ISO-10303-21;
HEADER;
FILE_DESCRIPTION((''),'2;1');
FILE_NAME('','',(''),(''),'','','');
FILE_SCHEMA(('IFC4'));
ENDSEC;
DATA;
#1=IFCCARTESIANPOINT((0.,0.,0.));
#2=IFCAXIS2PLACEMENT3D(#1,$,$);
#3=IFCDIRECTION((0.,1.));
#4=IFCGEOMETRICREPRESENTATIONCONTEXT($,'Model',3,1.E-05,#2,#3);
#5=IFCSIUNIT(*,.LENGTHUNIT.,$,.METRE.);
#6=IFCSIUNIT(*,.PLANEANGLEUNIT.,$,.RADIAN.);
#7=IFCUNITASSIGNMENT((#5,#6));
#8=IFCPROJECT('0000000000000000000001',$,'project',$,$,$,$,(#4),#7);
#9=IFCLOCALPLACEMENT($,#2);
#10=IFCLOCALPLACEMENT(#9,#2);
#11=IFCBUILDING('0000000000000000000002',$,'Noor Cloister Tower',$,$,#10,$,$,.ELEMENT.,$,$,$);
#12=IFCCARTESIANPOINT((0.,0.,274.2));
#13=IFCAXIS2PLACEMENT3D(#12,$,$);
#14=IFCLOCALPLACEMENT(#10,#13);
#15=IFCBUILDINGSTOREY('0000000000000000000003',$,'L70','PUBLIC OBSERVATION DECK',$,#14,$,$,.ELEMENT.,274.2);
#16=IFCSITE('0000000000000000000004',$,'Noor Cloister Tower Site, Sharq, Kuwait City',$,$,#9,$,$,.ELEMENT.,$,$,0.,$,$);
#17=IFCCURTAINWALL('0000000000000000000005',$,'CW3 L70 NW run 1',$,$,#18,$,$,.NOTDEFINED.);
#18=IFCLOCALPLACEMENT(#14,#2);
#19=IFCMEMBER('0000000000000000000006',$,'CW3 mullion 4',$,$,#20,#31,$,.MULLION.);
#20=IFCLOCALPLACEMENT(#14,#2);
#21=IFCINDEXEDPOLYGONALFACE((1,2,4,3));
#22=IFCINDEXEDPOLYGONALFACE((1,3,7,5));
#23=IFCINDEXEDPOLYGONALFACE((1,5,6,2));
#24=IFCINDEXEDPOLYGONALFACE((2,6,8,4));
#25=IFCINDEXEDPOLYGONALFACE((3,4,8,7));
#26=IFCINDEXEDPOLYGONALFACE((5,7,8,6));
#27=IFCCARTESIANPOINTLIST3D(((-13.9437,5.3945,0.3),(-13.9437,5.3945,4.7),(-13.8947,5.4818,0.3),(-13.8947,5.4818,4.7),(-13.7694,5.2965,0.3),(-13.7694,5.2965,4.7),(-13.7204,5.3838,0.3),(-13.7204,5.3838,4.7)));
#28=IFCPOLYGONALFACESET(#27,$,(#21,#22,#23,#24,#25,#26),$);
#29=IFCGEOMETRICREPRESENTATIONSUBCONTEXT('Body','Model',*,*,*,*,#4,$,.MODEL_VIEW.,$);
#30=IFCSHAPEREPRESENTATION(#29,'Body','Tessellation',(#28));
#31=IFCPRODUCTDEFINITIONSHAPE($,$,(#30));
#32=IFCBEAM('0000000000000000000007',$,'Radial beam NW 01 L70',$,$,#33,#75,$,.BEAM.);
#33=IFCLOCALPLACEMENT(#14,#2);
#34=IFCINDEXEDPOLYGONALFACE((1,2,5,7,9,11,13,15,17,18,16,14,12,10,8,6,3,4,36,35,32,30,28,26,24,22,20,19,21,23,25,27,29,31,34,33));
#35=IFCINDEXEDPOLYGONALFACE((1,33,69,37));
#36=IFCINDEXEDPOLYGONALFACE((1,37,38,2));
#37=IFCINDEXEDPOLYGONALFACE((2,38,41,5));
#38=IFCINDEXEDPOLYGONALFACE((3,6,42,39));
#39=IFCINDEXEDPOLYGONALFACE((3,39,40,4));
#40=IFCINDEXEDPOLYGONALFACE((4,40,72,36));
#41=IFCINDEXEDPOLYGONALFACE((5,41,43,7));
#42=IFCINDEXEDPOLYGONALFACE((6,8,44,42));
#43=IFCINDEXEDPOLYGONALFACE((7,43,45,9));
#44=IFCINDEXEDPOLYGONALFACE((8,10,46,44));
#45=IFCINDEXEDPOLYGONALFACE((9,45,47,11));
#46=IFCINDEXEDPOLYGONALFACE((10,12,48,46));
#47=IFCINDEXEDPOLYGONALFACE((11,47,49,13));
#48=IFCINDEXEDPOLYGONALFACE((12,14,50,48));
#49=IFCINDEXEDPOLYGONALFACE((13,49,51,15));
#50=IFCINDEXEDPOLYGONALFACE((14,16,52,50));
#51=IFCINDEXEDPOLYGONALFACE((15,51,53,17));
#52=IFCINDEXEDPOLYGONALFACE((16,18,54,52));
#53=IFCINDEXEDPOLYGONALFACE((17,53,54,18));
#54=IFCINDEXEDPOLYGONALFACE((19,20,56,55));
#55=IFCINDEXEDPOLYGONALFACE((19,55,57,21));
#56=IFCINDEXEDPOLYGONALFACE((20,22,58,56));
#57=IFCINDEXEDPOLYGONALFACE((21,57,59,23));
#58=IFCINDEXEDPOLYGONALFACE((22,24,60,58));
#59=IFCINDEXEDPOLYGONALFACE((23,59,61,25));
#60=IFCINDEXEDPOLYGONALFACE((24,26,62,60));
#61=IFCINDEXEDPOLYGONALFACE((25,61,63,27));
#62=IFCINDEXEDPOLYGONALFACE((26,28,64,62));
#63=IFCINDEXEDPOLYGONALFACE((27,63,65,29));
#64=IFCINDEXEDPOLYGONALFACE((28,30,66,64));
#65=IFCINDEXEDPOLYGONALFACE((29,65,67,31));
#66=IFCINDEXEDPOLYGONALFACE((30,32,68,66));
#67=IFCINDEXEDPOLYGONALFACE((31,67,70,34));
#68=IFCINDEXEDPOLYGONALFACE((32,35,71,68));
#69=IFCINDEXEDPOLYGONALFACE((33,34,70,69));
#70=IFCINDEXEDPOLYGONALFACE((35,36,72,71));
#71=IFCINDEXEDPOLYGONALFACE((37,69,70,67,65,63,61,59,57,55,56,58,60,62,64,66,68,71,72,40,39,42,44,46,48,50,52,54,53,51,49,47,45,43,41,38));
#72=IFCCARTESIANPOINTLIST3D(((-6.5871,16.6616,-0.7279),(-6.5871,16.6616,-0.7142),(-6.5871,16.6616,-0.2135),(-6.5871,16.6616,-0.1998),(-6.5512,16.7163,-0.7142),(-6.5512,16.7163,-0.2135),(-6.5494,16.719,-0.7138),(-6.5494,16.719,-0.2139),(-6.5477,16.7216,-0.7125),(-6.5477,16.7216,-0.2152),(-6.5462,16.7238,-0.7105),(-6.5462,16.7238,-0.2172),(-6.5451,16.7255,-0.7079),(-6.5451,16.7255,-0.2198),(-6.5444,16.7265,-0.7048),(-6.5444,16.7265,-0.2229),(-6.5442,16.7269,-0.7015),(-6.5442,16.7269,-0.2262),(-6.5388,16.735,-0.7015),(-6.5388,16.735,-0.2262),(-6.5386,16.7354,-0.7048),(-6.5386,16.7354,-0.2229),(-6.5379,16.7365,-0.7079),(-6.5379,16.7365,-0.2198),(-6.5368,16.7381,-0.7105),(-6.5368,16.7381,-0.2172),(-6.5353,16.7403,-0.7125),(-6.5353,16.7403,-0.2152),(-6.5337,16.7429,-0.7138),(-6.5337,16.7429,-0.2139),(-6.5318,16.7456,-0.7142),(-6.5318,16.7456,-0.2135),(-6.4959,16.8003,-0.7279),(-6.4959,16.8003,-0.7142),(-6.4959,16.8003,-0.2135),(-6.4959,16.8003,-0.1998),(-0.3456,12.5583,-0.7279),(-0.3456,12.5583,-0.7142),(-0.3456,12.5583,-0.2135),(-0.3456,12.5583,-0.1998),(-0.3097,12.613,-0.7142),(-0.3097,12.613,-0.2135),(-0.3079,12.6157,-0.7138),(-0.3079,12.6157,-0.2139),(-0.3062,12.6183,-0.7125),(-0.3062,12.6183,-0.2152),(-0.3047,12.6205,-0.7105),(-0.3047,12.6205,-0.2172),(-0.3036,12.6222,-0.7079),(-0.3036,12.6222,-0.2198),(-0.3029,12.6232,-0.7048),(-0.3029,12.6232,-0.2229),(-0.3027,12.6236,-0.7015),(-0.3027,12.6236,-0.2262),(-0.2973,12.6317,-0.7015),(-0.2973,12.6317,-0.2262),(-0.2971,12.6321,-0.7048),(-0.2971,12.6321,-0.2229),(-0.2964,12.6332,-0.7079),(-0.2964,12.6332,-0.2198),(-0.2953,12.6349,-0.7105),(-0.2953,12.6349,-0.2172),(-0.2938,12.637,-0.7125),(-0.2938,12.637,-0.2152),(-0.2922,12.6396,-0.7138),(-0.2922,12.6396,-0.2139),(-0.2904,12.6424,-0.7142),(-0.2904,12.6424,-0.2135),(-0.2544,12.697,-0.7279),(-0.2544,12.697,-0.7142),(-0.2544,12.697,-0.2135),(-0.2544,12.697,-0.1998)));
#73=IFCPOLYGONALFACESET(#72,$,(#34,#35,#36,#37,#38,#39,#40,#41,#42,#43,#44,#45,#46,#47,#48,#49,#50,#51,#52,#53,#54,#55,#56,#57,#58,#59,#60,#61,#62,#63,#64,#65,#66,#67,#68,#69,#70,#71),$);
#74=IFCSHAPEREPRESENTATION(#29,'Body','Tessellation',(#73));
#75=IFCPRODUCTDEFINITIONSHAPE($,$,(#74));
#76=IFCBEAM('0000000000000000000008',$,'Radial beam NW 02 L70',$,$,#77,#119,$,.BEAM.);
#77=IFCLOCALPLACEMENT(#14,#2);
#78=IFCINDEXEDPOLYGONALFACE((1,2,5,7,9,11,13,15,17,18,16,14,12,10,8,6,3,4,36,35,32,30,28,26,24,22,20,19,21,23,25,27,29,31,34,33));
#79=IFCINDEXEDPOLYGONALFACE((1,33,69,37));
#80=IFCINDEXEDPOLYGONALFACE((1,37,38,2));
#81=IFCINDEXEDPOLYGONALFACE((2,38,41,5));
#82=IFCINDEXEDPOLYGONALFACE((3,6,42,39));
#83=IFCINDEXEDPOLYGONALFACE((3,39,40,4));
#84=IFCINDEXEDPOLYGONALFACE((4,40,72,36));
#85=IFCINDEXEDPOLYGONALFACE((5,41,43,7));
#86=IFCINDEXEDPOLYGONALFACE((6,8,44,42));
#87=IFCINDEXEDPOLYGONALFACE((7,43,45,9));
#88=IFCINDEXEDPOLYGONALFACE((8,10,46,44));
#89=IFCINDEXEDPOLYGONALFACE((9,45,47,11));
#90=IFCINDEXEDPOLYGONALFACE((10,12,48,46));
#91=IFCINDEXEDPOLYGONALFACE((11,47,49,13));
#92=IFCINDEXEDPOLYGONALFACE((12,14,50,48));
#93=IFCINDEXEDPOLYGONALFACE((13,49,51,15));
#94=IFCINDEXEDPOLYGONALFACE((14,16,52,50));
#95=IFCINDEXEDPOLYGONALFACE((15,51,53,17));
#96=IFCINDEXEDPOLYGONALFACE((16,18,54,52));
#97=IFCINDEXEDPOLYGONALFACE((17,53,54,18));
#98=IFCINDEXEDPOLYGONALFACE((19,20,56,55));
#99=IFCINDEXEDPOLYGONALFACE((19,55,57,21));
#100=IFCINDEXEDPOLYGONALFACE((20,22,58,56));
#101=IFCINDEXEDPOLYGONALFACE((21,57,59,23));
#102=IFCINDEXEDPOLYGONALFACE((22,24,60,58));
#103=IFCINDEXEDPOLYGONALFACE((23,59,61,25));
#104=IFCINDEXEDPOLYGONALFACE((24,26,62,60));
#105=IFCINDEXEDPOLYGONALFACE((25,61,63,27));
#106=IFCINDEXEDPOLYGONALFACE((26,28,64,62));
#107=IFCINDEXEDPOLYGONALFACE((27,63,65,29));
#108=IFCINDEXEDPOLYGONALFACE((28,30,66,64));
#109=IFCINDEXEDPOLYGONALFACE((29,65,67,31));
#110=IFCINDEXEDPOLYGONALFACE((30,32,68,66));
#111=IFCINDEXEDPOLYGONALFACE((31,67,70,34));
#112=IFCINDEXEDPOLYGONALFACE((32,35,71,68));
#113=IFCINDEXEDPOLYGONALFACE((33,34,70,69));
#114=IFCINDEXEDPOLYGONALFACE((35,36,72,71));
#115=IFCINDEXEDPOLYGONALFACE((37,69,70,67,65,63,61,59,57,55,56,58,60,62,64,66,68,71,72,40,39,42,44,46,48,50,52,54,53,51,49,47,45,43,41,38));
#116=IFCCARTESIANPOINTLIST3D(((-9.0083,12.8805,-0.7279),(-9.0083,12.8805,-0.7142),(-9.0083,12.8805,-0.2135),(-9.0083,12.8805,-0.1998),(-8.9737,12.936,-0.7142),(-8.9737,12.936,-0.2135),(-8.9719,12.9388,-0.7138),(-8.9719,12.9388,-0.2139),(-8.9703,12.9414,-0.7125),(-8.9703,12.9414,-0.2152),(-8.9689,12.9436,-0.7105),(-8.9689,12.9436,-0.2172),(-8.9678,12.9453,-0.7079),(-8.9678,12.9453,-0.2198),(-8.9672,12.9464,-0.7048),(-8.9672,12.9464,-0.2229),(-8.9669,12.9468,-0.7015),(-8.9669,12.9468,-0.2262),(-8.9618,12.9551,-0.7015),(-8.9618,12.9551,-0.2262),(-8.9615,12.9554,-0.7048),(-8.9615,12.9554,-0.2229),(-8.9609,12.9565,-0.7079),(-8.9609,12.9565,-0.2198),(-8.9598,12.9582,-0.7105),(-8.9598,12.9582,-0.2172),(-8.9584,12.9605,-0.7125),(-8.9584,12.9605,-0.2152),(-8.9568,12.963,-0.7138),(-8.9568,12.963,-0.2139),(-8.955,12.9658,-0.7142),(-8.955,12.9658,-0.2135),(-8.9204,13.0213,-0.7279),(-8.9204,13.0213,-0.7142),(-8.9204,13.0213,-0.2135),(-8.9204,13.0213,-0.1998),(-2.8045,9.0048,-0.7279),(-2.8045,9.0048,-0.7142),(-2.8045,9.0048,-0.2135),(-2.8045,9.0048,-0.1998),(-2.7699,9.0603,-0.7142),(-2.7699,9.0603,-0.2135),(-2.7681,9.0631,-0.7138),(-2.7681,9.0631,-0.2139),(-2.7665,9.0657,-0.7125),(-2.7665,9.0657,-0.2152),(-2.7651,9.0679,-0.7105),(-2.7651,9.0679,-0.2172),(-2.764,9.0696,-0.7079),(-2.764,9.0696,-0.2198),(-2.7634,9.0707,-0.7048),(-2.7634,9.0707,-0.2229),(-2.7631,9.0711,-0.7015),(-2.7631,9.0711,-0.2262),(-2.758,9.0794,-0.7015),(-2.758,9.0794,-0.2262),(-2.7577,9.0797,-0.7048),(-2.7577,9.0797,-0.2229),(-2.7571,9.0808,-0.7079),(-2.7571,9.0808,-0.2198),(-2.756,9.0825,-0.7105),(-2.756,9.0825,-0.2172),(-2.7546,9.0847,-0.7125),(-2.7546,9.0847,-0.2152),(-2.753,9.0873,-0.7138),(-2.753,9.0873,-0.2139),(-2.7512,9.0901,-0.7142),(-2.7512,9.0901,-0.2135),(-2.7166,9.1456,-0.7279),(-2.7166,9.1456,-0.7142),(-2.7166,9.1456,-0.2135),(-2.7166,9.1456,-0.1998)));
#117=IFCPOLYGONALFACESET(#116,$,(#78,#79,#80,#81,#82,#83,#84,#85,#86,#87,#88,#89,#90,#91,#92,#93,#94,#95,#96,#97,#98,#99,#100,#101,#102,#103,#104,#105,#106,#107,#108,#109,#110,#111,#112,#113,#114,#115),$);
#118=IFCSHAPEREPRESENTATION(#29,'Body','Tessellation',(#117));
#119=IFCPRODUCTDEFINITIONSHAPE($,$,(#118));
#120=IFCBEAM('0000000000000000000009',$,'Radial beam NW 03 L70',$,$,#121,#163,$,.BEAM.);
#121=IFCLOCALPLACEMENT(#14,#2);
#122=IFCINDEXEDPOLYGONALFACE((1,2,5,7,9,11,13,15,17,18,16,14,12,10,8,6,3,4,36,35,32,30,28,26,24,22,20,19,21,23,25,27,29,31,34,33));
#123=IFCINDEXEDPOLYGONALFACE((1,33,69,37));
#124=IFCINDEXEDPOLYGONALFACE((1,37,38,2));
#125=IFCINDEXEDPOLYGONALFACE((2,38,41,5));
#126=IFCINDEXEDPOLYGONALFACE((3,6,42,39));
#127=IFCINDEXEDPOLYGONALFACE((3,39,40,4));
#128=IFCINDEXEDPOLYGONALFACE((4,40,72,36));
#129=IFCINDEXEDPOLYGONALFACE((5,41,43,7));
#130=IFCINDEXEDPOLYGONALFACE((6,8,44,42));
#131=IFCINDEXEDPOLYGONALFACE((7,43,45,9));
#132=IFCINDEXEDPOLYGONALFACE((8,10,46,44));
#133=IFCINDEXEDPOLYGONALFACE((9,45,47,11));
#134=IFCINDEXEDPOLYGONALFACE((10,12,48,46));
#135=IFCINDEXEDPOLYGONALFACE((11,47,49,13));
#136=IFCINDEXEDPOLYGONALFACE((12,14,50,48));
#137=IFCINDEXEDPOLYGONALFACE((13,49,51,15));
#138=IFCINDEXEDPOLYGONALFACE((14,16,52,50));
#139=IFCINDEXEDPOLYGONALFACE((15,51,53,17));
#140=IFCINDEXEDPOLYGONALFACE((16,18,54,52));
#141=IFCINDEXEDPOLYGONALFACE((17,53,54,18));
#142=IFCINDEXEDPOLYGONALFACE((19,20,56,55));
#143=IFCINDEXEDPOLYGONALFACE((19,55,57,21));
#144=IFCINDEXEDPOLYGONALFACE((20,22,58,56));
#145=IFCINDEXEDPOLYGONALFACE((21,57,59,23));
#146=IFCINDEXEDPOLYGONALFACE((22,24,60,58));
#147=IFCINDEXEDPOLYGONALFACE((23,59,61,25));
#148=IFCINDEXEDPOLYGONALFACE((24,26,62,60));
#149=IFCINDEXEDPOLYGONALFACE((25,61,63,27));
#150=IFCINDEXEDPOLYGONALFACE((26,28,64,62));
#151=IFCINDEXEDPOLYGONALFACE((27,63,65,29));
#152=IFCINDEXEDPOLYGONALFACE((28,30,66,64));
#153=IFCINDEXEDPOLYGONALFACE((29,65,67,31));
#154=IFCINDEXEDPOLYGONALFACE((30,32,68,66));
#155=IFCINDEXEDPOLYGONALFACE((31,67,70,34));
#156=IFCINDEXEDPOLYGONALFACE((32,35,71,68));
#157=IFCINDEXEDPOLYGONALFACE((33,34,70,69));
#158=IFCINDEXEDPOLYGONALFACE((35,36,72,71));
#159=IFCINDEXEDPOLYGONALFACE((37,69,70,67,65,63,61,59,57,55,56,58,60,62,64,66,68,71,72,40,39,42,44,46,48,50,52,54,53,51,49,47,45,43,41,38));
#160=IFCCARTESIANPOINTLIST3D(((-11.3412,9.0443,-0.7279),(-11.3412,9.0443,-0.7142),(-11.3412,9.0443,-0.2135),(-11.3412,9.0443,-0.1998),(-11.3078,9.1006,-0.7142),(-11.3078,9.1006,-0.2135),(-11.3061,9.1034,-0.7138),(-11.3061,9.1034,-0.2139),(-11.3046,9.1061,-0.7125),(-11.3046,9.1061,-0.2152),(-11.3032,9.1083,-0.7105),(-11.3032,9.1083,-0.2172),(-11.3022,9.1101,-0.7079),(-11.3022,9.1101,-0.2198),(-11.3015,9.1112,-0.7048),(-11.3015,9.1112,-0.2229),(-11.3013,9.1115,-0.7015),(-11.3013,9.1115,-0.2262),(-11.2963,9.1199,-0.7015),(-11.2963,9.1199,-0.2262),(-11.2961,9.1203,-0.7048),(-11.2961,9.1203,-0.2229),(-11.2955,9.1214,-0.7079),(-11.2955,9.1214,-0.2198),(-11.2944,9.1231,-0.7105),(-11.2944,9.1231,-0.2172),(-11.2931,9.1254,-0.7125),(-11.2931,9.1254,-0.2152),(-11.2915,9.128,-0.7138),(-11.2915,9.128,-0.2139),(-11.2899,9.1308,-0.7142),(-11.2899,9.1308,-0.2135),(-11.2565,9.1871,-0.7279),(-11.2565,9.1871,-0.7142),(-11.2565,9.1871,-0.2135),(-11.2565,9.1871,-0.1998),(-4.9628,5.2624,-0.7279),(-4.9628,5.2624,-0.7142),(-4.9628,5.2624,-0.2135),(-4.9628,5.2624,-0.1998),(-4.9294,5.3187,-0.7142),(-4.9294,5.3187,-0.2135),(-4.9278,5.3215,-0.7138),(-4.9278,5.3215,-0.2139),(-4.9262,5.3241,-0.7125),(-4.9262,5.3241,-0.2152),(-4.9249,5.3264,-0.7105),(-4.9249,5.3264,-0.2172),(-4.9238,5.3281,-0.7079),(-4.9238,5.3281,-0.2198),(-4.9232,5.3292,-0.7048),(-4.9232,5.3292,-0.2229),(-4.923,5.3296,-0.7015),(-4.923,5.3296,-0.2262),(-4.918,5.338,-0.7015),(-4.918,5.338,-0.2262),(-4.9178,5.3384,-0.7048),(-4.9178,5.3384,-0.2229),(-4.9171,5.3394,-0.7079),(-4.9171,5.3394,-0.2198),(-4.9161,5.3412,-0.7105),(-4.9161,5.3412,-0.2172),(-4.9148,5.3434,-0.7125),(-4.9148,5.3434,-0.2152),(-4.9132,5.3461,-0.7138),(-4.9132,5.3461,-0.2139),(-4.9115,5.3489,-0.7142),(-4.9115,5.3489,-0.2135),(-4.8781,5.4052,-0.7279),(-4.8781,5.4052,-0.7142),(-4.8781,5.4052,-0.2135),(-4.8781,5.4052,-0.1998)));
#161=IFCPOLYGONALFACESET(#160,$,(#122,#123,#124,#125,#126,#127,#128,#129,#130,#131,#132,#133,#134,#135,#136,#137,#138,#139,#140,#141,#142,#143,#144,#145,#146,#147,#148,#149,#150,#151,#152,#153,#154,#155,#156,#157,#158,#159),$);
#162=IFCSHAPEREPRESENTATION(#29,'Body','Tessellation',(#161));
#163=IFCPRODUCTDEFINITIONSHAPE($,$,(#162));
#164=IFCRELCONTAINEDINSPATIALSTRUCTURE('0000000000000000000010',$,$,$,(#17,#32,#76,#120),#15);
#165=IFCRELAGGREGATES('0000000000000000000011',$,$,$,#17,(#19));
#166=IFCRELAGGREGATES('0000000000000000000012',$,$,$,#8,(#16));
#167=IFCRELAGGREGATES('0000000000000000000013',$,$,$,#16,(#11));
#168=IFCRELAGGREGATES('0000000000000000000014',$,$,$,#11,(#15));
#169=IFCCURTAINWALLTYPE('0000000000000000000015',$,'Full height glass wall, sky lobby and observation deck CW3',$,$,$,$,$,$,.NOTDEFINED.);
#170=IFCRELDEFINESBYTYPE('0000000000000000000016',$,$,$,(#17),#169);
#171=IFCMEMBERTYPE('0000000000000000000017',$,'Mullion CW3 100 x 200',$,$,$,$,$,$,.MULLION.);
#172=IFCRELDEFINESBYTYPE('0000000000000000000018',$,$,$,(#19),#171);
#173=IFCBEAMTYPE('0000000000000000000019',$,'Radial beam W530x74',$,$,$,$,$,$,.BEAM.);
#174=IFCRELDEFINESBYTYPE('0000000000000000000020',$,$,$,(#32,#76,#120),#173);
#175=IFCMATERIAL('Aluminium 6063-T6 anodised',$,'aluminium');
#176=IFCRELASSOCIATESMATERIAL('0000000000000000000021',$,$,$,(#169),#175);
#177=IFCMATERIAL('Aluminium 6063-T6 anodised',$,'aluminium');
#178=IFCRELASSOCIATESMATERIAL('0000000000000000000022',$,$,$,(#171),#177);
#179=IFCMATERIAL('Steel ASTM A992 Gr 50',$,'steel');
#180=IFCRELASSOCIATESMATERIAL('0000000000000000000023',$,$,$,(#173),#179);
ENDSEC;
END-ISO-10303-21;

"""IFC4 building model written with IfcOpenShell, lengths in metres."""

from ifc_helpers import new_model, si_unit, direction, frame, origin, origin_2d, place, context, subcontext, project, spatial, rectangle, i_section, extrude, material, material_profile, profile_set, type_object, element, aggregate, save


model = new_model("IFC4")

# Units and contexts
model_context = context("Model", 3, precision=1e-05, world=origin(), true_north=direction((0.0, 1.0)))
body_context = subcontext(model_context, "Body", "Model", "MODEL_VIEW")
ifc_project = project(units=[si_unit("LENGTHUNIT", "METRE"), si_unit("PLANEANGLEUNIT", "RADIAN")], contexts=[model_context])

# Site, building, storey
site_placement = place(None, origin())
site = spatial("IfcSite", under=ifc_project, at=site_placement, Name="Noor Cloister Tower Site, Sharq, Kuwait City", CompositionType="ELEMENT", RefElevation=0.0)
building_placement = place(site_placement, origin())
building = spatial("IfcBuilding", under=site, at=building_placement, Name="Noor Cloister Tower", CompositionType="ELEMENT")
storey_placement = place(building_placement, frame((0.0, 0.0, 274.2)))
storey = spatial("IfcBuildingStorey", under=building, at=storey_placement, Name="L70", Description="PUBLIC OBSERVATION DECK", CompositionType="ELEMENT", Elevation=274.2)

# Curtain wall, member
ifc_material_1 = material(Name="Aluminium 6063-T6 anodised", Category="aluminium")
curtain_wall_type = type_object("IfcCurtainWallType", Name="Full height glass wall, sky lobby and observation deck CW3", PredefinedType="NOTDEFINED", material=ifc_material_1)
curtain_wall_placement = place(storey_placement, origin())
curtain_wall = element("IfcCurtainWall", 1, at=curtain_wall_placement, inside=storey, type_object=curtain_wall_type, Name="CW3 L70 NW run 1", PredefinedType="NOTDEFINED")
ifc_material_2 = material(Name="Aluminium 6063-T6 anodised", Category="aluminium")
ifc_material_profile_1 = material_profile(ifc_material_2, rectangle(XDim=0.2, YDim=0.1001, at=origin_2d()), Name="200 x 100 mullion")
ifc_profile_set_1 = profile_set([ifc_material_profile_1], Name="Aluminium 6063-T6 anodised")
member_type = type_object("IfcMemberType", Name="Mullion CW3 100 x 200", PredefinedType="MULLION", material=ifc_profile_set_1)
member_1_placement = place(storey_placement, frame((-13.832, 5.3892, 0.3), z_axis=(0.0, 0.0, 1.0), x_axis=(0.871765, -0.489924, 0.0)))
member_1 = element("IfcMember", 2, at=member_1_placement, type_object=member_type, Name="CW3 mullion 4", PredefinedType="MULLION", context=body_context, shape_type="SweptSolid", body=[
    extrude(rectangle(XDim=0.2, YDim=0.1001, at=origin_2d()), origin(), (0.0, 0.0, 1.0), 4.3999),
])

# Beams
ifc_material_3 = material(Name="Steel ASTM A992 Gr 50", Category="steel")
ifc_material_profile_2 = material_profile(ifc_material_3, i_section(OverallWidth=0.166, OverallDepth=0.5281, WebThickness=0.0098, FlangeThickness=0.0137, FilletRadius=0.0127, at=origin_2d()), Name="W530x74")
ifc_profile_set_2 = profile_set([ifc_material_profile_2], Name="Steel ASTM A992 Gr 50")
beam_type_1 = type_object("IfcBeamType", Name="Radial beam W530x74", PredefinedType="BEAM", material=ifc_profile_set_2)
beam_1_placement = place(storey_placement, frame((-6.5415, 16.731, -0.4639), z_axis=(0.835598, -0.549341, 0.0), x_axis=(0.549341, 0.835598, 0.0)))
element("IfcBeam", 3, at=beam_1_placement, inside=storey, type_object=beam_type_1, Name="Radial beam NW 01 L70", PredefinedType="BEAM", context=body_context, shape_type="SweptSolid", body=[
    extrude(i_section(OverallWidth=0.166, OverallDepth=0.5281, WebThickness=0.0098, FlangeThickness=0.0137, FilletRadius=0.0127, at=origin_2d()), origin(), (0.0, 0.0, 1.0), 7.4695),
])
beam_2_placement = place(storey_placement, frame((-8.9644, 12.9509, -0.4639), z_axis=(0.848101, -0.529834, 0.0), x_axis=(0.529834, 0.848101, 0.0)))
element("IfcBeam", 4, at=beam_2_placement, inside=storey, type_object=beam_type_1, Name="Radial beam NW 02 L70", PredefinedType="BEAM", context=body_context, shape_type="SweptSolid", body=[
    extrude(i_section(OverallWidth=0.166, OverallDepth=0.5281, WebThickness=0.0098, FlangeThickness=0.0137, FilletRadius=0.0127, at=origin_2d()), origin(), (0.0, 0.0, 1.0), 7.3149),
])
for number, where, z_axis, x_axis, name in (
    (5, (-11.2988, 9.1157, -0.4639), (0.860163, -0.51002, 0.0), (0.51002, 0.860163, 0.0), "Radial beam NW 03 L70"),
):
    element("IfcBeam", number, at=place(storey_placement, frame(where, z_axis=z_axis, x_axis=x_axis)), inside=storey, type_object=beam_type_1, Name=name, PredefinedType="BEAM", context=body_context, shape_type="SweptSolid", body=[
        extrude(i_section(OverallWidth=0.166, OverallDepth=0.5281, WebThickness=0.0098, FlangeThickness=0.0137, FilletRadius=0.0127, at=origin_2d()), origin(), (0.0, 0.0, 1.0), 7.4153),
    ])

aggregate(curtain_wall, [member_1])

save(model, "model.ifc")
